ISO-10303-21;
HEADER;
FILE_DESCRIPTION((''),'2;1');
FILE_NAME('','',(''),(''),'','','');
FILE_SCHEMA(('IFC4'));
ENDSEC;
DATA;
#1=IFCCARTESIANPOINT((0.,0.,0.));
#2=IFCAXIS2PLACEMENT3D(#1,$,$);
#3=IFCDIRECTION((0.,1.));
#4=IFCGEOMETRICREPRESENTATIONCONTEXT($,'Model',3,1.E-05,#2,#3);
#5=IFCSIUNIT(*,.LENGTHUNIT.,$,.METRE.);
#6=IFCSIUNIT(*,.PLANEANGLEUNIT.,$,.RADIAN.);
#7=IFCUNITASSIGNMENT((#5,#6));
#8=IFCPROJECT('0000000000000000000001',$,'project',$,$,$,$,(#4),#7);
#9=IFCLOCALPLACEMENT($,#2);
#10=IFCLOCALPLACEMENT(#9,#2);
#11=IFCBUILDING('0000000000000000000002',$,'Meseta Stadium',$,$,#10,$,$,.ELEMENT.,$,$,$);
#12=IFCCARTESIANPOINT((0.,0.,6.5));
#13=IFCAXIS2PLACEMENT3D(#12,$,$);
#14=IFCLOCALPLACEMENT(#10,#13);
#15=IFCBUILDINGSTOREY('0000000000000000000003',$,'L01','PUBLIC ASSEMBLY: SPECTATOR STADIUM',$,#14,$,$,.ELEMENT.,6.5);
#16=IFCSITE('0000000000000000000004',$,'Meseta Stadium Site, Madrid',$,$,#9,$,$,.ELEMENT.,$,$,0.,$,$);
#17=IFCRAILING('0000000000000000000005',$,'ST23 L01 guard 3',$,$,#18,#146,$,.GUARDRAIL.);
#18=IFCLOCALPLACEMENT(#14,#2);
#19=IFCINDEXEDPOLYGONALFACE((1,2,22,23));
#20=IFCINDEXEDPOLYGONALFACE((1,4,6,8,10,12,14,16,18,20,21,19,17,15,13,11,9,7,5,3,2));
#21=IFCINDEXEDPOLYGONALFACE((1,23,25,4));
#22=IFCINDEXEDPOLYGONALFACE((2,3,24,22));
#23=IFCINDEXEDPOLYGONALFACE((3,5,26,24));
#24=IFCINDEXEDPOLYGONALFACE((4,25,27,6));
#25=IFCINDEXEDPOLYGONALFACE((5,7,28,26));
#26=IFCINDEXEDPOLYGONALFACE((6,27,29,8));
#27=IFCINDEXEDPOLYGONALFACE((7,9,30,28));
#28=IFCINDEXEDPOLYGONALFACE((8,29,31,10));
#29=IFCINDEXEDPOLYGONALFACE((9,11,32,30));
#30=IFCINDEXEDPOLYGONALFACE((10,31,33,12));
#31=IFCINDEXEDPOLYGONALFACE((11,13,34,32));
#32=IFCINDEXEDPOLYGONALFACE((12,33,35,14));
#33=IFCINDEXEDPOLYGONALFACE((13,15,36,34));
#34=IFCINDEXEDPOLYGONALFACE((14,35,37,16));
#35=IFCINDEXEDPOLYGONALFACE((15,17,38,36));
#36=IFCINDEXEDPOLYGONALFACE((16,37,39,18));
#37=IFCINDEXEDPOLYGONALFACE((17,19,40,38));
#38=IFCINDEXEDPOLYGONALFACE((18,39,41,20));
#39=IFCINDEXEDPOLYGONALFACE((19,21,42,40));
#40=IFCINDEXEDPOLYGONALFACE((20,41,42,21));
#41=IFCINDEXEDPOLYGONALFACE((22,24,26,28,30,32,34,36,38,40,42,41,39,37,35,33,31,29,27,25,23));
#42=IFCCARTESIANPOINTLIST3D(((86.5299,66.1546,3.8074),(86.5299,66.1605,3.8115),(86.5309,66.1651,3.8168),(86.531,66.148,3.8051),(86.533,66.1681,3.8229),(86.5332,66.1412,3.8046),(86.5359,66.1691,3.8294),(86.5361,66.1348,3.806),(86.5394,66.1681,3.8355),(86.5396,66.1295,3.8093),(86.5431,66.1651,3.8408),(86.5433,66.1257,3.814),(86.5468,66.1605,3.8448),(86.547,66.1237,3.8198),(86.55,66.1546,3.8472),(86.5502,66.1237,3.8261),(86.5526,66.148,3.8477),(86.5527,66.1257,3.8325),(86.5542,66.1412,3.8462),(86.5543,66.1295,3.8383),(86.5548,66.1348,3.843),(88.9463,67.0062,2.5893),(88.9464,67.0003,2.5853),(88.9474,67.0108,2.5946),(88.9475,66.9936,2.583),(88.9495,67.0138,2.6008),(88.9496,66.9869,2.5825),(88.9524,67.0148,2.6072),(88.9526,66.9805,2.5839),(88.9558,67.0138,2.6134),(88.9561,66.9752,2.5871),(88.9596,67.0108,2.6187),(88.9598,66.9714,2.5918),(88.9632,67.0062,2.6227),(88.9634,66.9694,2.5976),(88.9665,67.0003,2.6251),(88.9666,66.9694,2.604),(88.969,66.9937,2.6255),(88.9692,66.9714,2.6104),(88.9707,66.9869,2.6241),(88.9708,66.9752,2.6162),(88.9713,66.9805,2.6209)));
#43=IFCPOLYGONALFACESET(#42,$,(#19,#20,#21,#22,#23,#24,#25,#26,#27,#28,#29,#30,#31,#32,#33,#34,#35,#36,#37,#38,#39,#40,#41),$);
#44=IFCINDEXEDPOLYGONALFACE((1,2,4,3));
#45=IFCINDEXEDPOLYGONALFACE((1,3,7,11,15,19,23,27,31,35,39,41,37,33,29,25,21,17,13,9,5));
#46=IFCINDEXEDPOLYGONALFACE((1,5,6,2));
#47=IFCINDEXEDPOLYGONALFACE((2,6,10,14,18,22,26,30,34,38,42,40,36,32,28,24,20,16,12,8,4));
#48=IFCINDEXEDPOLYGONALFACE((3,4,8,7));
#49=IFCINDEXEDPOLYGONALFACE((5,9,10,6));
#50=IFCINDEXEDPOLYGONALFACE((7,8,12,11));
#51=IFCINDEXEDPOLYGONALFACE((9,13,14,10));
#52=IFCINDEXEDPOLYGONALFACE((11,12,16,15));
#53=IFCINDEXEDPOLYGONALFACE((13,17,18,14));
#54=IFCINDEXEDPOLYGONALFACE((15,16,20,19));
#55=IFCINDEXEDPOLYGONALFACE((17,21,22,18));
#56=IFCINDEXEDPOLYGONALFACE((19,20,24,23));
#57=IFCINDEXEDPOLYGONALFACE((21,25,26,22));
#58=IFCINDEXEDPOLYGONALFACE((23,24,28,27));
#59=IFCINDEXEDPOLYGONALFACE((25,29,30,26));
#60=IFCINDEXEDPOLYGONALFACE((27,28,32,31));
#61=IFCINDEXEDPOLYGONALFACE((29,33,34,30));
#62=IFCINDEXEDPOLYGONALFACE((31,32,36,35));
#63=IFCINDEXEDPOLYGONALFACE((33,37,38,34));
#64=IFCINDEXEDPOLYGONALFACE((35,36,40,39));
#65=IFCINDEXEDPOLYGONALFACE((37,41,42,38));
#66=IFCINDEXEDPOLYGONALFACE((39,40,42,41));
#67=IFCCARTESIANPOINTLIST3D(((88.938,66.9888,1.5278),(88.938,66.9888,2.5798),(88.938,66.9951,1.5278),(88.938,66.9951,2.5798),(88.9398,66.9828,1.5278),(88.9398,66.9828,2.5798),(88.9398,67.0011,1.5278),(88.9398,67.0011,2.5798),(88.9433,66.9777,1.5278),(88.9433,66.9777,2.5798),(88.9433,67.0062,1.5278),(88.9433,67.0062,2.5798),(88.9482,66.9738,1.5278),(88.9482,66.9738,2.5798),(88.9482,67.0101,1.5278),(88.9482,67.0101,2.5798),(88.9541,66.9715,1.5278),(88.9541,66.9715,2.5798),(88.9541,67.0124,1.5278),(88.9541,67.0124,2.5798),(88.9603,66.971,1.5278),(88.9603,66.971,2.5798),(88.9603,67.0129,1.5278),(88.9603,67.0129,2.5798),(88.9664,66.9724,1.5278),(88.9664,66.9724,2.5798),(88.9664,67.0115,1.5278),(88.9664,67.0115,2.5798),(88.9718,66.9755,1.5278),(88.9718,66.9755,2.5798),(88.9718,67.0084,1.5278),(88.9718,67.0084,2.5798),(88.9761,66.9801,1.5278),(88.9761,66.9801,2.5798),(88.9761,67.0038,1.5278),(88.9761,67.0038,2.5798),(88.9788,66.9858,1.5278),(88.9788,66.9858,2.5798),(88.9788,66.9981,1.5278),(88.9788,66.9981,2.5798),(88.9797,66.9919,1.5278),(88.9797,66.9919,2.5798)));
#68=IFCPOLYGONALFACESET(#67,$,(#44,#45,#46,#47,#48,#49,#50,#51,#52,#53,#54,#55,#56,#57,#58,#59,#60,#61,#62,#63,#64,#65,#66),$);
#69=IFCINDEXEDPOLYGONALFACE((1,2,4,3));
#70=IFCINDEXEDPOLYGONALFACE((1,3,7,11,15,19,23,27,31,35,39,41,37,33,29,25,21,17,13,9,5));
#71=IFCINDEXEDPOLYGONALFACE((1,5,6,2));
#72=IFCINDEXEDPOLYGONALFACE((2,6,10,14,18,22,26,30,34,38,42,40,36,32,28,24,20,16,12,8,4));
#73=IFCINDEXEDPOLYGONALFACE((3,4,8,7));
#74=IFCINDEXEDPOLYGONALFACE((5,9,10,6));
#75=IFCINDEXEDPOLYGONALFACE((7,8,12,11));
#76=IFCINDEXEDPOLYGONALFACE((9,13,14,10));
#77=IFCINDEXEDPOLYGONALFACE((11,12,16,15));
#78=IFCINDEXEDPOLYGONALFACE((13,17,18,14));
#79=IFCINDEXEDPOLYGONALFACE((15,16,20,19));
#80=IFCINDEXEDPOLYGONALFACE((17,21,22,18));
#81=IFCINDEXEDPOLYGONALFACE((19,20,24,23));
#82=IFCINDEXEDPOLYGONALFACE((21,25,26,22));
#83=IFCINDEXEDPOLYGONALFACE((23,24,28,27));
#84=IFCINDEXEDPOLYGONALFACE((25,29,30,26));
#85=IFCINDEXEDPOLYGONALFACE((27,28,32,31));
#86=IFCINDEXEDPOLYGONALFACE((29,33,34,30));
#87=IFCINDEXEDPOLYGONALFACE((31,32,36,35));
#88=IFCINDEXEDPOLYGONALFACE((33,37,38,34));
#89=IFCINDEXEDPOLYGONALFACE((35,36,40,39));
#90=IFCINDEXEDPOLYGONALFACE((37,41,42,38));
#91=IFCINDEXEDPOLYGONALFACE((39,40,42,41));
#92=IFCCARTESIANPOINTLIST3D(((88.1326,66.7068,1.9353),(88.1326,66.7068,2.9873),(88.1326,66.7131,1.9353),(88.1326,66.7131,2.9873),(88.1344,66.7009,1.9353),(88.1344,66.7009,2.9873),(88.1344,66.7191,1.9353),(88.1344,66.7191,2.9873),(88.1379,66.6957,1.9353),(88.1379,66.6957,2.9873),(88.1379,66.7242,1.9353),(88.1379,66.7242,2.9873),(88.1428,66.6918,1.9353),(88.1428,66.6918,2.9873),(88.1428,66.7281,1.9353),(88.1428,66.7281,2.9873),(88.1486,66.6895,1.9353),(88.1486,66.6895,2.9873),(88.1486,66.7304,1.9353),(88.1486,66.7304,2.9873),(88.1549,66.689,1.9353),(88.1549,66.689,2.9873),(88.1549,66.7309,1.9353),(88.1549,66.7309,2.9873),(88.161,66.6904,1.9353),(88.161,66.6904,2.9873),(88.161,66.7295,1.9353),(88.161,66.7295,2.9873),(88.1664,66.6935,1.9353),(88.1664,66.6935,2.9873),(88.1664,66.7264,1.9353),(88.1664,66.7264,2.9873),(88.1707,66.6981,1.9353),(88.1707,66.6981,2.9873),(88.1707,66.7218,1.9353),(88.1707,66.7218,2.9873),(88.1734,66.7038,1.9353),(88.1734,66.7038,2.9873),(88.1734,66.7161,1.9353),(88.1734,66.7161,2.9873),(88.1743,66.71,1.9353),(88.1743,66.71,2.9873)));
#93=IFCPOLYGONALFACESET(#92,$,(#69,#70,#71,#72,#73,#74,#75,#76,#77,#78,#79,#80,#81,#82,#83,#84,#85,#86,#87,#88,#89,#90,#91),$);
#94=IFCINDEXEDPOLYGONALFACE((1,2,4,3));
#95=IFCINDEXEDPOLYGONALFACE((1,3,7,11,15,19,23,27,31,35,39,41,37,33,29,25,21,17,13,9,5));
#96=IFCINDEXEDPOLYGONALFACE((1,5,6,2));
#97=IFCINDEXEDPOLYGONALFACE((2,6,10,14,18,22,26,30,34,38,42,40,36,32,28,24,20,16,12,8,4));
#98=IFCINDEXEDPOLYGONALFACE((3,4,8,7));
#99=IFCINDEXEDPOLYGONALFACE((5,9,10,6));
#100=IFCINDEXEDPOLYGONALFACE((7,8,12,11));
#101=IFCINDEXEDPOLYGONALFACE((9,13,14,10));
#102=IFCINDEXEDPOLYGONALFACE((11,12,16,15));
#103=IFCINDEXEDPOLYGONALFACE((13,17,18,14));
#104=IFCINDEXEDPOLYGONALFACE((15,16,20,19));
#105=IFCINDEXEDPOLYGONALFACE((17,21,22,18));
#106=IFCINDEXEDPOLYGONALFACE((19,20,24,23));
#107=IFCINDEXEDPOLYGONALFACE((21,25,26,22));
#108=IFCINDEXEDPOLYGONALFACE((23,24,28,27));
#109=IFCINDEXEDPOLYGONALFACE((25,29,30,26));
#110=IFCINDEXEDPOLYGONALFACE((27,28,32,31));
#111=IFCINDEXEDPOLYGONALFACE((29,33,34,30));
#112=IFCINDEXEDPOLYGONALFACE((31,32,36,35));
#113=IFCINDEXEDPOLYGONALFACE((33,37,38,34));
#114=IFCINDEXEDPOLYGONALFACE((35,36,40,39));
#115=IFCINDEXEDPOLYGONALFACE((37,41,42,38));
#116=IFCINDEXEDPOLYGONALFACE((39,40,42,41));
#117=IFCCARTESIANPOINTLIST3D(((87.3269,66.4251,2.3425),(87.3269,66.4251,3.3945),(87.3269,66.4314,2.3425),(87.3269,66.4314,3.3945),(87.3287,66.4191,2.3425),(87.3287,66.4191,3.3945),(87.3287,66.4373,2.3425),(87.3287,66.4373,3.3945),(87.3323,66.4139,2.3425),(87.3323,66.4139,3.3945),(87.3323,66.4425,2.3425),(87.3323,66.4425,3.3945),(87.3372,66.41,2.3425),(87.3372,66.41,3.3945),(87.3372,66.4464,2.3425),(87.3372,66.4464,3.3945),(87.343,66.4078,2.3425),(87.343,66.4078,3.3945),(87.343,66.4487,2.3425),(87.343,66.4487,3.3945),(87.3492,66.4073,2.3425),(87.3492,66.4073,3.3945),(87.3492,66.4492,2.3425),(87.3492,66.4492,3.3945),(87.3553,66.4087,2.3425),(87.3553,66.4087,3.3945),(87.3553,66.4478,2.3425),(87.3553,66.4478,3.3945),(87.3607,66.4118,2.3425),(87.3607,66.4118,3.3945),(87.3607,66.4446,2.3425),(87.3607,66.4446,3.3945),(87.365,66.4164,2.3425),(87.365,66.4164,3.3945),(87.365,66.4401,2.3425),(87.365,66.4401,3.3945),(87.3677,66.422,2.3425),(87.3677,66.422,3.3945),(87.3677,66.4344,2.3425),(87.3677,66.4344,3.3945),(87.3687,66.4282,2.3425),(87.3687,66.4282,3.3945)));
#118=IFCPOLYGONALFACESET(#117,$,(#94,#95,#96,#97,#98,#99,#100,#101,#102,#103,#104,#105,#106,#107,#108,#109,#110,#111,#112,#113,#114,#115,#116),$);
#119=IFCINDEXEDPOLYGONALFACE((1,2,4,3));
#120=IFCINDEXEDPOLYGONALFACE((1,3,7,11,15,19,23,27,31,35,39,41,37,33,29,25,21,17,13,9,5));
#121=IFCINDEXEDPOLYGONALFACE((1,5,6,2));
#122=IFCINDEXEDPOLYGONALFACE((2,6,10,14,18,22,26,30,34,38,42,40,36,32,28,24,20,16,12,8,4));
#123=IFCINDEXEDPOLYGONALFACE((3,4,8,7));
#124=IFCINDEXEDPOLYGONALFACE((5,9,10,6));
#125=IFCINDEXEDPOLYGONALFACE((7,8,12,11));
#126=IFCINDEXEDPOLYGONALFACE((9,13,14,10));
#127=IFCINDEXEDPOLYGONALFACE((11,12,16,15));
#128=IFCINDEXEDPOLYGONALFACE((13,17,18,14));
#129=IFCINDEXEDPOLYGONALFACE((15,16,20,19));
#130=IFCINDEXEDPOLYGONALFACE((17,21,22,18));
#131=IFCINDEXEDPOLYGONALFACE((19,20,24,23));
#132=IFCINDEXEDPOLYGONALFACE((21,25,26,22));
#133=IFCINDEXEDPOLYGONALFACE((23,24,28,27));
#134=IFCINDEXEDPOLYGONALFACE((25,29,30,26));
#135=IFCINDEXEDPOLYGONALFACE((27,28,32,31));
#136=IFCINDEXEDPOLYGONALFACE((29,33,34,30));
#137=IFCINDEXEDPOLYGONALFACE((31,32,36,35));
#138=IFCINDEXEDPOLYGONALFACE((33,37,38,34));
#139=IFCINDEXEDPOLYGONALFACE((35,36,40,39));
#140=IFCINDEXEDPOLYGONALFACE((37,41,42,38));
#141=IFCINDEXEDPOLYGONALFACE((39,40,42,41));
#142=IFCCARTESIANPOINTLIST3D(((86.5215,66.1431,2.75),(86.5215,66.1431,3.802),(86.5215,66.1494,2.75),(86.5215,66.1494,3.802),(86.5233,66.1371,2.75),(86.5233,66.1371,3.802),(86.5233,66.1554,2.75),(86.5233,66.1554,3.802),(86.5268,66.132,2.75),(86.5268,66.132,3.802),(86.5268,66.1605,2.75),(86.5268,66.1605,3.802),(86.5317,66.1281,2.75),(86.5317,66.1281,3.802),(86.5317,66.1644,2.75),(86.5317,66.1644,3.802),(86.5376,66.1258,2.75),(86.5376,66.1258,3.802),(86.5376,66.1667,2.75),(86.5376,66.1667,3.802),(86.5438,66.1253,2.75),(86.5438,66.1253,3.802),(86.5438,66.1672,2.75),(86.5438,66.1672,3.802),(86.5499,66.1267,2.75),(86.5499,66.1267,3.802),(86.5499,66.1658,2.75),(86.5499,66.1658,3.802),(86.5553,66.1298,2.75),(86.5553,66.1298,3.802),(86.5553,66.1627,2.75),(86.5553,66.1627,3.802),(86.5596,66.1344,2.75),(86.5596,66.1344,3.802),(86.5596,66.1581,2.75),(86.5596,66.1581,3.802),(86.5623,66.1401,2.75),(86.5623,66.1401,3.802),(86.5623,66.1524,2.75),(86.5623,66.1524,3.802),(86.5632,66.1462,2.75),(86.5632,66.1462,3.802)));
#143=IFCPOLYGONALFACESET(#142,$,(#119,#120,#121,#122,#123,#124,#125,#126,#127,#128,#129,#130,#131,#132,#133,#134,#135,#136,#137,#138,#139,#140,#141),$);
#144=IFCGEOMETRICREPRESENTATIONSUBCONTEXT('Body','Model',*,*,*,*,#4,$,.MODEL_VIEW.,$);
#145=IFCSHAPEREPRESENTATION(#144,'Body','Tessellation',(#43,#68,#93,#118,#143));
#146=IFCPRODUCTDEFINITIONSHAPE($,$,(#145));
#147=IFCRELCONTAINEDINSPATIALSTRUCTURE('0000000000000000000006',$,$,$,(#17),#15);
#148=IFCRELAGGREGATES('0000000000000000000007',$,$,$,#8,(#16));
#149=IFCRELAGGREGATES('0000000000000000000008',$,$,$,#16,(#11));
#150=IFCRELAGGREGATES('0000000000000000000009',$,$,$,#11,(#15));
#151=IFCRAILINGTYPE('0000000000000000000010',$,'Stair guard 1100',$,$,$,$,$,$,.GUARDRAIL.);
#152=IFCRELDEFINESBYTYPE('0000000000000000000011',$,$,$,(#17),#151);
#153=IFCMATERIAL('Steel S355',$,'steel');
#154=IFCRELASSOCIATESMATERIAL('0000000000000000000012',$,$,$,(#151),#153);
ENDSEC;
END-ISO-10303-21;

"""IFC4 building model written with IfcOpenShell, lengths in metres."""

from ifc_helpers import new_model, si_unit, direction, frame, origin, origin_2d, place, context, subcontext, project, spatial, circle, extrude, material, type_object, element, save


model = new_model("IFC4")

# Units and contexts
model_context = context("Model", 3, precision=1e-05, world=origin(), true_north=direction((0.0, 1.0)))
body_context = subcontext(model_context, "Body", "Model", "MODEL_VIEW")
ifc_project = project(units=[si_unit("LENGTHUNIT", "METRE"), si_unit("PLANEANGLEUNIT", "RADIAN")], contexts=[model_context])

# Site, building, storey
site_placement = place(None, origin())
site = spatial("IfcSite", under=ifc_project, at=site_placement, Name="Meseta Stadium Site, Madrid", CompositionType="ELEMENT", RefElevation=0.0)
building_placement = place(site_placement, origin())
building = spatial("IfcBuilding", under=site, at=building_placement, Name="Meseta Stadium", CompositionType="ELEMENT")
storey_placement = place(building_placement, frame((0.0, 0.0, 6.5)))
storey = spatial("IfcBuildingStorey", under=building, at=storey_placement, Name="L01", Description="PUBLIC ASSEMBLY: SPECTATOR STADIUM", CompositionType="ELEMENT", Elevation=6.5)

# Railing
ifc_material_1 = material(Name="Steel S355", Category="steel")
railing_type_1 = type_object("IfcRailingType", Name="Stair guard 1100", PredefinedType="GUARDRAIL", material=ifc_material_1)
railing_1_placement = place(storey_placement, frame((88.9587, 66.9919, 1.5278)))
element("IfcRailing", 1, at=railing_1_placement, inside=storey, type_object=railing_type_1, Name="ST23 L01 guard 3", PredefinedType="GUARDRAIL", context=body_context, shape_type="SweptSolid", body=[
    extrude(circle(Radius=0.0239, at=origin_2d()), frame((0.0, 0.0, 1.0762), z_axis=(-0.85179, -0.298101, 0.4308), x_axis=(0.330325, -0.943867, 0.0)), (0.0, 0.0, 1.0), 2.8369),
    extrude(circle(Radius=0.021, at=origin_2d()), origin(), (0.0, 0.0, 1.0), 1.052),
    extrude(circle(Radius=0.021, at=origin_2d()), frame((-0.8054, -0.282, 0.4075)), (0.0, 0.0, 1.0), 1.052),
    extrude(circle(Radius=0.021, at=origin_2d()), frame((-1.6111, -0.5637, 0.8147)), (0.0, 0.0, 1.0), 1.052),
    extrude(circle(Radius=0.021, at=origin_2d()), frame((-2.4165, -0.8457, 1.2222)), (0.0, 0.0, 1.0), 1.052),
])

save(model, "model.ifc")
